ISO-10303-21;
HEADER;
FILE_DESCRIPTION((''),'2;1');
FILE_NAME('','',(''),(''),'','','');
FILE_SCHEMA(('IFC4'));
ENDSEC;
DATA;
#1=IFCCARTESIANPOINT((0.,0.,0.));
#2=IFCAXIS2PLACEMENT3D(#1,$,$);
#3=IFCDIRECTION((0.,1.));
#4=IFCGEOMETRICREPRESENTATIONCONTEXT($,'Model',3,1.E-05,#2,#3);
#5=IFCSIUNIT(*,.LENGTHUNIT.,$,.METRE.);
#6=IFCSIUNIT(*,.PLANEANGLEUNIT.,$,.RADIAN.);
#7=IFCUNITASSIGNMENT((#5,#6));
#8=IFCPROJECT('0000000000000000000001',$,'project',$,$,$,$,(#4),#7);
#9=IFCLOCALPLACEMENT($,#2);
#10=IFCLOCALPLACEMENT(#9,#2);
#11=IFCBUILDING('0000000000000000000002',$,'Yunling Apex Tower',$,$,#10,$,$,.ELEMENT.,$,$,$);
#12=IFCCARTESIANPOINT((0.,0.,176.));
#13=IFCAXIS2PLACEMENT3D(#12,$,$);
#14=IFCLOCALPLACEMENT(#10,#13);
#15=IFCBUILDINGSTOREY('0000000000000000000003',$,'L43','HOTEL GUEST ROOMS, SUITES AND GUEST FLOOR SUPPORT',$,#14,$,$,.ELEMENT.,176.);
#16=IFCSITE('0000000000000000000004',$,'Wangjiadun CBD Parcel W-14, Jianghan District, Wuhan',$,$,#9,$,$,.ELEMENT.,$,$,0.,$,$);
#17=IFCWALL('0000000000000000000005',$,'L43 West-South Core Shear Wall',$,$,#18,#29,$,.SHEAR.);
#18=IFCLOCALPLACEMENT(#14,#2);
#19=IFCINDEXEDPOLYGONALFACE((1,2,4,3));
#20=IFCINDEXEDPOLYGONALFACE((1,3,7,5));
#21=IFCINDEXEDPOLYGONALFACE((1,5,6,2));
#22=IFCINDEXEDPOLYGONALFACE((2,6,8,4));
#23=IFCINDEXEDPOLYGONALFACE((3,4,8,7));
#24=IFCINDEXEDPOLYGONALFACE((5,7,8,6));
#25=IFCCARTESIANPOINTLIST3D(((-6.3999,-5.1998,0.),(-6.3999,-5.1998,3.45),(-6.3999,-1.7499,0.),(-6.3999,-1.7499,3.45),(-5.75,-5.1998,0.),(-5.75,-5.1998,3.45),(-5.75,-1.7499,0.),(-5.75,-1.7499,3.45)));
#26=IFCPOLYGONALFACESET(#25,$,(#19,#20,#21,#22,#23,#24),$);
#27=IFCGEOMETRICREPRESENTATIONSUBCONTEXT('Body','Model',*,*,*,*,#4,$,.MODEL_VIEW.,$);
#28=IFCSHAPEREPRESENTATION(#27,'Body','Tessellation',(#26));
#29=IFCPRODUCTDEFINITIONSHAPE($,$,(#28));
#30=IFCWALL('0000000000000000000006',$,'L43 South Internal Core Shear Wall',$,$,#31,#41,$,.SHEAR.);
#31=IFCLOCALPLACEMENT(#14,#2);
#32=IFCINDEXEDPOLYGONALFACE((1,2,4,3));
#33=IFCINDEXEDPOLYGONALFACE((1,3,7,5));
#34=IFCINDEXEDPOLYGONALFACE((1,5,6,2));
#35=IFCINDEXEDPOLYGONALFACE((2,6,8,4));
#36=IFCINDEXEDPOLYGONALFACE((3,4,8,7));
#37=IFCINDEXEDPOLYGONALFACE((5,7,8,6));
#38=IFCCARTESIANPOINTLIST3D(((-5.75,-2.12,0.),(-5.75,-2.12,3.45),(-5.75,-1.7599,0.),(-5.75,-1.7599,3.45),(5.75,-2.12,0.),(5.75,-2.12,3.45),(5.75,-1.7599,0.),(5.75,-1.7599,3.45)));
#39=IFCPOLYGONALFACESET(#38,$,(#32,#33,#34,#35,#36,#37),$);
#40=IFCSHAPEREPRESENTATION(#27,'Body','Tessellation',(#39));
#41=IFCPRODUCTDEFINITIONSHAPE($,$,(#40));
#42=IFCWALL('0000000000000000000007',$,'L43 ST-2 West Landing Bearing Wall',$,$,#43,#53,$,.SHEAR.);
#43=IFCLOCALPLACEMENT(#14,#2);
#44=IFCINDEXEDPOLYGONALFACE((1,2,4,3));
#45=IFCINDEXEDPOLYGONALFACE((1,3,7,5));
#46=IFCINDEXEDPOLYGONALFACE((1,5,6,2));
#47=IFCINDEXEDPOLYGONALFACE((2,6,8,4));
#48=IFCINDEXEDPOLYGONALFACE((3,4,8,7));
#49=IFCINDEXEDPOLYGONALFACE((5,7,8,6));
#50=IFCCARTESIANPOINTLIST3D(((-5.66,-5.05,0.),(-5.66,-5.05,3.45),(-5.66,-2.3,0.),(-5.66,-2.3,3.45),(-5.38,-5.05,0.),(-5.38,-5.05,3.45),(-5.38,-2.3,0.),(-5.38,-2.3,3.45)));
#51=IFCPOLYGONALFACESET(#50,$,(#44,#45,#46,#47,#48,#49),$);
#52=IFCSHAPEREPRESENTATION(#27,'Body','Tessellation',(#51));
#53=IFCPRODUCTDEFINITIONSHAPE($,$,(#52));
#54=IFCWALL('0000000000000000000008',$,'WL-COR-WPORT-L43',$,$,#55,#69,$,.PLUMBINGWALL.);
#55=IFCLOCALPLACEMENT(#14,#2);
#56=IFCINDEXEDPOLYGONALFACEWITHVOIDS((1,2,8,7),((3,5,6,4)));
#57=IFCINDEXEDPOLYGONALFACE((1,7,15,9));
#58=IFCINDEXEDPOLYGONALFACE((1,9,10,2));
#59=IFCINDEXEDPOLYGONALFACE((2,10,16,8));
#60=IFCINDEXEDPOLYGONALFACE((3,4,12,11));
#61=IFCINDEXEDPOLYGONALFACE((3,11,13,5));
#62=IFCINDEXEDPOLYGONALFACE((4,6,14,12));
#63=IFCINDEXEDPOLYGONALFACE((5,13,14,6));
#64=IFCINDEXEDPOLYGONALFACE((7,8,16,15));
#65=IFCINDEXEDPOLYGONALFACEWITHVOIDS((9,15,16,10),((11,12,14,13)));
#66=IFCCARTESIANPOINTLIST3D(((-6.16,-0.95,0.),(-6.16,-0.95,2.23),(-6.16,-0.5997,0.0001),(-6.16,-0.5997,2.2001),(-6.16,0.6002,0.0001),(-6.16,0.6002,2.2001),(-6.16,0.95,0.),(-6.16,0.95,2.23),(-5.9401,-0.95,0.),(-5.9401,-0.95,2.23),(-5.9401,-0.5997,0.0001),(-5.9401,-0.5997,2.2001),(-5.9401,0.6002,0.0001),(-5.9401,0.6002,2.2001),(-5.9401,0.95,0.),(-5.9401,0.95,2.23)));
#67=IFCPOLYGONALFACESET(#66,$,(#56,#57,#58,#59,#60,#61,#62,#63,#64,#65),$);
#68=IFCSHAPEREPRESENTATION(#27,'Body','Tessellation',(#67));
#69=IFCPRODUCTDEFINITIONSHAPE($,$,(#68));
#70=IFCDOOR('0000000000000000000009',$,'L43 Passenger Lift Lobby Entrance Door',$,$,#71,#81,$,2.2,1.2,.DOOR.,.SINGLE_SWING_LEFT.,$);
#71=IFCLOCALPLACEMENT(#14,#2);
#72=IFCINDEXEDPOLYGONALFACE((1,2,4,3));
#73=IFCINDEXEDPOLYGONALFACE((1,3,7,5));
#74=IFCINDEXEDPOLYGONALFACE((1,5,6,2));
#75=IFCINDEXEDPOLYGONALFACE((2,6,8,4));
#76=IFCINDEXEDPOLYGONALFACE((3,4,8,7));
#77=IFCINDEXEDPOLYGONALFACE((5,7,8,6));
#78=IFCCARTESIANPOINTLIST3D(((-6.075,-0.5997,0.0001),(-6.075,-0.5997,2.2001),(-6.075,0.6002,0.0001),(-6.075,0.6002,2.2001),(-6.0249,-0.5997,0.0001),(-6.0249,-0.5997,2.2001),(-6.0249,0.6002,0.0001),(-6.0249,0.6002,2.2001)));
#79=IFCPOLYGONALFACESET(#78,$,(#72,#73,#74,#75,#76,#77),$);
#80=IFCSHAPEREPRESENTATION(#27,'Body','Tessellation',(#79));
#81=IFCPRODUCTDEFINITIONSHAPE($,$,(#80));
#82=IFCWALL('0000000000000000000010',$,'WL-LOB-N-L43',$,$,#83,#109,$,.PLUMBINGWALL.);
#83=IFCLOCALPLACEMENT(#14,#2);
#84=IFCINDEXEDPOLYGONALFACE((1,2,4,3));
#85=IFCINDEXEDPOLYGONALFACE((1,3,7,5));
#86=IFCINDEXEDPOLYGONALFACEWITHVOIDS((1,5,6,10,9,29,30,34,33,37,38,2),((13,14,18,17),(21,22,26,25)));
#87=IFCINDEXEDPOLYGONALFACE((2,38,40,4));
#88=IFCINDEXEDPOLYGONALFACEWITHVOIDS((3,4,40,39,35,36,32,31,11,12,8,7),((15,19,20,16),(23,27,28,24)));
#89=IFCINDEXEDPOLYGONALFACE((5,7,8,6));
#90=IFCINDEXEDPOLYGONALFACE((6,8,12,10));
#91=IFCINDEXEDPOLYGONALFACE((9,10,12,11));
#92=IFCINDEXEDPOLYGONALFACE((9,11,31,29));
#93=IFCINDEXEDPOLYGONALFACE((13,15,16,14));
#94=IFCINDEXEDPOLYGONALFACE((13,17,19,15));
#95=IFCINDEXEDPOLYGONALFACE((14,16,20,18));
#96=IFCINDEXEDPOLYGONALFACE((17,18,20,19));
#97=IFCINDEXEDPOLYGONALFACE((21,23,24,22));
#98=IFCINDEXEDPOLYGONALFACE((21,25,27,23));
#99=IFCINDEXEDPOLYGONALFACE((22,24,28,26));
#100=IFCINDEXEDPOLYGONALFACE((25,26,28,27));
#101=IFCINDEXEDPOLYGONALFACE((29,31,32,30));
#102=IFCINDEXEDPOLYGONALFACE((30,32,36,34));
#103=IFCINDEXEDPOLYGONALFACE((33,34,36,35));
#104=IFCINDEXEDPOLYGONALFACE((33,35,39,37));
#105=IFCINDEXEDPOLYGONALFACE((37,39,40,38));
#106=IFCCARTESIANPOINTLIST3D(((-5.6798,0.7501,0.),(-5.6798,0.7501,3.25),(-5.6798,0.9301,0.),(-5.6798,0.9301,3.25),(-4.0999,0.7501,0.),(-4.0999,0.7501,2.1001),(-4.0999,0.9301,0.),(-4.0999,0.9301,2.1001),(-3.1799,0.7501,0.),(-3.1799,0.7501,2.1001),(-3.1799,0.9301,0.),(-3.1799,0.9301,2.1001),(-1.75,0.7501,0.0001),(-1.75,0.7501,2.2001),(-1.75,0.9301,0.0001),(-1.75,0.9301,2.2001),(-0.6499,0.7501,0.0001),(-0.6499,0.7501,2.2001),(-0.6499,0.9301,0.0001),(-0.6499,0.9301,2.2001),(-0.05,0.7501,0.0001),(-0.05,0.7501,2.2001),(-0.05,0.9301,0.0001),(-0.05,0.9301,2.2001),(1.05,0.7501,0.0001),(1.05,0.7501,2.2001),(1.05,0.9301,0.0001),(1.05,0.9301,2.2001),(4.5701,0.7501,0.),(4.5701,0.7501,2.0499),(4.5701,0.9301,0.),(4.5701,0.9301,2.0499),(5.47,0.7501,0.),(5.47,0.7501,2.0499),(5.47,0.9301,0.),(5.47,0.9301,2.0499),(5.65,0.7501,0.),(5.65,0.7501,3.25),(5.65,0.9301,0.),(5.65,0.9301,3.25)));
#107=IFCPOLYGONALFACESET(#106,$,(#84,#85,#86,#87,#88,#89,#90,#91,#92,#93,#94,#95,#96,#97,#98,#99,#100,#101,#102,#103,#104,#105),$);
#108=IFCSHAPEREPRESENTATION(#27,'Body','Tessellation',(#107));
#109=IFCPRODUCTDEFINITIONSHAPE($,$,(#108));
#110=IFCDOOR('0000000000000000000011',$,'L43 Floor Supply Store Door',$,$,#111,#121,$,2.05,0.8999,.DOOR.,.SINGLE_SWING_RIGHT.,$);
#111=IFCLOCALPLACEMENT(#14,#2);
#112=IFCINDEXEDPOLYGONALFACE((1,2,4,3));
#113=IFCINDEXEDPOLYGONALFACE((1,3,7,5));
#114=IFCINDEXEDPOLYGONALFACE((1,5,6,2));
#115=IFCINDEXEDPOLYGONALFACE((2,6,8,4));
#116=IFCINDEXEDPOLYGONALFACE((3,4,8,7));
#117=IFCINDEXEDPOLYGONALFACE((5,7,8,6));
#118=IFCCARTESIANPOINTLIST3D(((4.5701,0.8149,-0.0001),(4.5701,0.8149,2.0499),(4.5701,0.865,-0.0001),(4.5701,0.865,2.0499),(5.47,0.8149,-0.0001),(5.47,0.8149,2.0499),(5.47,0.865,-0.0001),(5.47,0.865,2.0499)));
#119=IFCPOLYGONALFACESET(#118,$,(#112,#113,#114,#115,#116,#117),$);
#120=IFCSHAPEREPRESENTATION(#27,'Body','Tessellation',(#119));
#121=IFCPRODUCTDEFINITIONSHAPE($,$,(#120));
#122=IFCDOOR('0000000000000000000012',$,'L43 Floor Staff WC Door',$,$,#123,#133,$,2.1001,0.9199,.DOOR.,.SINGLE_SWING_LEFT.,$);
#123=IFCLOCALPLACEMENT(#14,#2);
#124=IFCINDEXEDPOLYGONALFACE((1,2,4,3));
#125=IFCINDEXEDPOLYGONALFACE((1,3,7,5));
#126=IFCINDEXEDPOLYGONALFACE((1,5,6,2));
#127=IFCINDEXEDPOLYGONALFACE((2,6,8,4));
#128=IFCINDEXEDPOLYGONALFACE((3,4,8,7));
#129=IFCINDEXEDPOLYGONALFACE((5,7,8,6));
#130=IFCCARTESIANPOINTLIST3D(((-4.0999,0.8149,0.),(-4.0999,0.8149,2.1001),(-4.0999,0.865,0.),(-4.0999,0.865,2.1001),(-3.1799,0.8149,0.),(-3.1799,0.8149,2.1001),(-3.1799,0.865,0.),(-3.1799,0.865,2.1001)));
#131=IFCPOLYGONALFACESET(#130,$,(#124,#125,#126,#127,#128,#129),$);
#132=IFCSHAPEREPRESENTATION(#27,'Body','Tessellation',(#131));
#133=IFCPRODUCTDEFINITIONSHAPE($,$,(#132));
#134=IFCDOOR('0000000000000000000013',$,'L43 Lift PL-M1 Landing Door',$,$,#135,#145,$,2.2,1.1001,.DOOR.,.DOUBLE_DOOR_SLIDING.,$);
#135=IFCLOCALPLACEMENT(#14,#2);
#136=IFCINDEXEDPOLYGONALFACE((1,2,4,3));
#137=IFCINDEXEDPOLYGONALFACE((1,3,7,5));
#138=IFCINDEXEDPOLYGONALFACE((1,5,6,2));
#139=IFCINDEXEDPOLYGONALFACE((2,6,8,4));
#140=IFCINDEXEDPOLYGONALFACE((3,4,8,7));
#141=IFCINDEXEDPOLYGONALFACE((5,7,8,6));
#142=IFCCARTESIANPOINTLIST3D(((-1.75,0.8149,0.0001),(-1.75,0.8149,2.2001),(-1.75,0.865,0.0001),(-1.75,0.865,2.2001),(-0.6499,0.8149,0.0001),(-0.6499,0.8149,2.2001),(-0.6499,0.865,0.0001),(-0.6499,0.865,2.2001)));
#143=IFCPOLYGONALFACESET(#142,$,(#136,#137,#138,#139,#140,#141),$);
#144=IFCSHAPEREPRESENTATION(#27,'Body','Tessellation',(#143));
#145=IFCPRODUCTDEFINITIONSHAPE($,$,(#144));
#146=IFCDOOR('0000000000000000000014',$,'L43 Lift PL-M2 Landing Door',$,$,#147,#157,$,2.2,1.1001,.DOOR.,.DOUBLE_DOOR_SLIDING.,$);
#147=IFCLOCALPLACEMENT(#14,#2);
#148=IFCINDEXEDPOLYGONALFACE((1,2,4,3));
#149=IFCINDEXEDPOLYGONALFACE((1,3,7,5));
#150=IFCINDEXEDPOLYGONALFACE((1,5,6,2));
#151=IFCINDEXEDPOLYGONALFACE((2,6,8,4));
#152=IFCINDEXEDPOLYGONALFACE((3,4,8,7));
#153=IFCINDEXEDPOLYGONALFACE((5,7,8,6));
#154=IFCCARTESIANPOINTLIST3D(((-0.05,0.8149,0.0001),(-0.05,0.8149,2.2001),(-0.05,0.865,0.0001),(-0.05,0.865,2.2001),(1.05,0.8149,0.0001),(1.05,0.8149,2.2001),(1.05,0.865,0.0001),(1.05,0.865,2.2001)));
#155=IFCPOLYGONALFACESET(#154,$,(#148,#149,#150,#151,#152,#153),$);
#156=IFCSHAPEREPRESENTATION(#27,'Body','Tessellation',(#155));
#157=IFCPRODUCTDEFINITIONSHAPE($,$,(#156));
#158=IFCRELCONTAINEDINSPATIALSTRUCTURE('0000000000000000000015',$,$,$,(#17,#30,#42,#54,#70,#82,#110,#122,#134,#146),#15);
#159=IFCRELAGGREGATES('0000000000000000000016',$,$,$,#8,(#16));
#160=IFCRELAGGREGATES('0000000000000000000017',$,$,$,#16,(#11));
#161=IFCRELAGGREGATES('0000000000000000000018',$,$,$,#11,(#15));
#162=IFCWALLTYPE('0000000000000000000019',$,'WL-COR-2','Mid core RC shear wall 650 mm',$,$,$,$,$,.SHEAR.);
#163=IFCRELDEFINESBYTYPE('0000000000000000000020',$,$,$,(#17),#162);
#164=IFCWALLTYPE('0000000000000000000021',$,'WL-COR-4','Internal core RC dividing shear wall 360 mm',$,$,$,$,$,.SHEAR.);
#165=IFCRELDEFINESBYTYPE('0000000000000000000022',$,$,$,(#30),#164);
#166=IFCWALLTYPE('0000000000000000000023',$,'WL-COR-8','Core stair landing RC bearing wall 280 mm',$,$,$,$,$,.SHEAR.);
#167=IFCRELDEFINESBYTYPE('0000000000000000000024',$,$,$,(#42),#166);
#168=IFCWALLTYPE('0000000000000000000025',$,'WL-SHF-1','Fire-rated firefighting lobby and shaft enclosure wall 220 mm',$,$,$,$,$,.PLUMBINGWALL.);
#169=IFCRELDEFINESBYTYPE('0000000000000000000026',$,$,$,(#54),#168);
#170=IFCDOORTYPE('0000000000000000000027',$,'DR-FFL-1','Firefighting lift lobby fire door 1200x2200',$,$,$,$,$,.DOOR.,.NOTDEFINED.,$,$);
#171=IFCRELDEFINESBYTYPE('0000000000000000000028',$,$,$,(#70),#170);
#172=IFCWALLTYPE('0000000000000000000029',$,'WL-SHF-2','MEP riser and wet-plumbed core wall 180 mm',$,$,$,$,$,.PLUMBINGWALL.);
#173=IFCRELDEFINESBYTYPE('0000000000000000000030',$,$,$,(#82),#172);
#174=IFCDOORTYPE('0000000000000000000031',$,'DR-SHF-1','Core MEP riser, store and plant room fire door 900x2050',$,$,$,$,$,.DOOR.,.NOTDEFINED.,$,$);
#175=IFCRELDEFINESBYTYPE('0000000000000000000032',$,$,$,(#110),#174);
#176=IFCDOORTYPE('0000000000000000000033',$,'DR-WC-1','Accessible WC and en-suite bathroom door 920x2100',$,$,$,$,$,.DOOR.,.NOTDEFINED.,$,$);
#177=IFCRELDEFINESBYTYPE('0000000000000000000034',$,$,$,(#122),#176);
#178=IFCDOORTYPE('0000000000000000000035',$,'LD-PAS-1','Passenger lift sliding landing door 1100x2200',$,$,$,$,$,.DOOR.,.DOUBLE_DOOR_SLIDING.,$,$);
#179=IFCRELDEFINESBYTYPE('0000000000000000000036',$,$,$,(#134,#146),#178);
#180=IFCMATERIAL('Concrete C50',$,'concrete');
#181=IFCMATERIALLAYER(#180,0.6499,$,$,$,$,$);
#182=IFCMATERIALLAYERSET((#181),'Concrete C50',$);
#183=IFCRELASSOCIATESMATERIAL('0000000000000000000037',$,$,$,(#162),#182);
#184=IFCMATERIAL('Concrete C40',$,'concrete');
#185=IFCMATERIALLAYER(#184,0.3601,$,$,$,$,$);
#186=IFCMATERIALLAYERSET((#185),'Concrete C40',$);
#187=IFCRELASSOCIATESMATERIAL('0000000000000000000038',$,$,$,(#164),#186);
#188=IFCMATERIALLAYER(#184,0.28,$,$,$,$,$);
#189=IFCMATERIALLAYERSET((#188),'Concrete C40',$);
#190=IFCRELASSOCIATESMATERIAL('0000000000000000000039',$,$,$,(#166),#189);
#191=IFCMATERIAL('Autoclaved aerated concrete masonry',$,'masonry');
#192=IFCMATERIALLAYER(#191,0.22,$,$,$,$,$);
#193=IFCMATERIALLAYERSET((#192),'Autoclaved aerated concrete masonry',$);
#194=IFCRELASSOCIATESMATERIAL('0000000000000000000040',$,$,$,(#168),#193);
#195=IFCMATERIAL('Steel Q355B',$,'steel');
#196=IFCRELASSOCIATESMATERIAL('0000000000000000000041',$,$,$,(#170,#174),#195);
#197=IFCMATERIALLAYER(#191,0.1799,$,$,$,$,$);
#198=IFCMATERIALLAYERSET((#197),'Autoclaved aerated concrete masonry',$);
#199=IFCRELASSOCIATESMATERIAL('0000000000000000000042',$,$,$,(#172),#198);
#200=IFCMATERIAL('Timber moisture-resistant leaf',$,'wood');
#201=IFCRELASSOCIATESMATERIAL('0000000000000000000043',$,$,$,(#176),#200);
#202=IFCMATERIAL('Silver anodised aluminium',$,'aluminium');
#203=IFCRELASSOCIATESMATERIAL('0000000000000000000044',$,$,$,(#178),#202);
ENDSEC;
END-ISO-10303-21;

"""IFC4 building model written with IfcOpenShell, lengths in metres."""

from ifc_helpers import new_model, si_unit, direction, frame, frame_2d, origin, place, context, subcontext, project, spatial, rectangle, extrude, material, layer, layer_set, type_object, element, fill, save


model = new_model("IFC4")

# Units and contexts
model_context = context("Model", 3, precision=1e-05, world=origin(), true_north=direction((0.0, 1.0)))
body_context = subcontext(model_context, "Body", "Model", "MODEL_VIEW")
ifc_project = project(units=[si_unit("LENGTHUNIT", "METRE"), si_unit("PLANEANGLEUNIT", "RADIAN")], contexts=[model_context])

# Site, building, storey
site_placement = place(None, origin())
site = spatial("IfcSite", under=ifc_project, at=site_placement, Name="Wangjiadun CBD Parcel W-14, Jianghan District, Wuhan", CompositionType="ELEMENT", RefElevation=0.0)
building_placement = place(site_placement, origin())
building = spatial("IfcBuilding", under=site, at=building_placement, Name="Yunling Apex Tower", CompositionType="ELEMENT")
storey_placement = place(building_placement, frame((0.0, 0.0, 176.0)))
storey = spatial("IfcBuildingStorey", under=building, at=storey_placement, Name="L43", Description="HOTEL GUEST ROOMS, SUITES AND GUEST FLOOR SUPPORT", CompositionType="ELEMENT", Elevation=176.0)

# Shared definitions
ifc_material_1 = material(Name="Concrete C50", Category="concrete")

# Shared definitions
ifc_material_2 = material(Name="Steel Q355B", Category="steel")

# Walls
ifc_layer_1 = layer(ifc_material_1, 0.6499)
ifc_layer_set_1 = layer_set([ifc_layer_1], Name="Concrete C50")
wall_type_1 = type_object("IfcWallType", Name="WL-COR-2", Description="Mid core RC shear wall 650 mm", PredefinedType="SHEAR", material=ifc_layer_set_1)
wall_1_placement = place(storey_placement, frame((-6.075, -5.2, 0.0), z_axis=(0.0, 0.0, 1.0), x_axis=(0.0, 1.0, 0.0)))
element("IfcWall", 1, at=wall_1_placement, inside=storey, type_object=wall_type_1, Name="L43 West-South Core Shear Wall", PredefinedType="SHEAR", context=body_context, shape_type="SweptSolid", body=[
    extrude(rectangle(XDim=3.45, YDim=0.6499, at=frame_2d((1.7251, 0.0))), origin(), (0.0, 0.0, 1.0), 3.45),
])
ifc_material_3 = material(Name="Concrete C40", Category="concrete")
ifc_layer_2 = layer(ifc_material_3, 0.3601)
ifc_layer_set_2 = layer_set([ifc_layer_2], Name="Concrete C40")
wall_type_2 = type_object("IfcWallType", Name="WL-COR-4", Description="Internal core RC dividing shear wall 360 mm", PredefinedType="SHEAR", material=ifc_layer_set_2)
wall_2_placement = place(storey_placement, frame((-5.75, -1.9399, 0.0), z_axis=(0.0, 0.0, 1.0), x_axis=(1.0, 0.0, 0.0)))
element("IfcWall", 2, at=wall_2_placement, inside=storey, type_object=wall_type_2, Name="L43 South Internal Core Shear Wall", PredefinedType="SHEAR", context=body_context, shape_type="SweptSolid", body=[
    extrude(rectangle(XDim=11.5, YDim=0.3601, at=frame_2d((5.75, 0.0))), origin(), (0.0, 0.0, 1.0), 3.45),
])
ifc_layer_3 = layer(ifc_material_3, 0.28)
ifc_layer_set_3 = layer_set([ifc_layer_3], Name="Concrete C40")
wall_type_3 = type_object("IfcWallType", Name="WL-COR-8", Description="Core stair landing RC bearing wall 280 mm", PredefinedType="SHEAR", material=ifc_layer_set_3)
wall_3_placement = place(storey_placement, frame((-5.52, -5.05, 0.0), z_axis=(0.0, 0.0, 1.0), x_axis=(0.0, 1.0, 0.0)))
element("IfcWall", 3, at=wall_3_placement, inside=storey, type_object=wall_type_3, Name="L43 ST-2 West Landing Bearing Wall", PredefinedType="SHEAR", context=body_context, shape_type="SweptSolid", body=[
    extrude(rectangle(XDim=2.75, YDim=0.28, at=frame_2d((1.375, 0.0))), origin(), (0.0, 0.0, 1.0), 3.45),
])

# Wall, opening, door
ifc_material_4 = material(Name="Autoclaved aerated concrete masonry", Category="masonry")
ifc_layer_4 = layer(ifc_material_4, 0.22)
ifc_layer_set_4 = layer_set([ifc_layer_4], Name="Autoclaved aerated concrete masonry")
wall_type_4 = type_object("IfcWallType", Name="WL-SHF-1", Description="Fire-rated firefighting lobby and shaft enclosure wall 220 mm", PredefinedType="PLUMBINGWALL", material=ifc_layer_set_4)
wall_4_placement = place(storey_placement, frame((-6.05, -0.95, 0.0), z_axis=(0.0, 0.0, 1.0), x_axis=(0.0, 1.0, 0.0)))
wall_4 = element("IfcWall", 4, at=wall_4_placement, inside=storey, type_object=wall_type_4, Name="WL-COR-WPORT-L43", PredefinedType="PLUMBINGWALL", context=body_context, shape_type="SweptSolid", body=[
    extrude(rectangle(XDim=1.8999, YDim=0.22, at=frame_2d((0.95, 0.0))), origin(), (0.0, 0.0, 1.0), 2.23),
])
opening_1_placement = place(wall_4_placement, frame((0.3501, 0.0, 0.0)))
opening_1 = element("IfcOpeningElement", 5, at=opening_1_placement, cuts=wall_4, PredefinedType="OPENING", context=body_context, shape_type="SweptSolid", body=[
    extrude(rectangle(XDim=1.2, YDim=2.2, at=frame_2d((0.6001, 1.1001))), frame((0.0, 0.1201, 0.0), z_axis=(0.0, -1.0, 0.0), x_axis=(1.0, 0.0, 0.0)), (0.0, 0.0, 1.0), 0.24),
])
door_type_1 = type_object("IfcDoorType", Name="DR-FFL-1", Description="Firefighting lift lobby fire door 1200x2200", OperationType="NOTDEFINED", PredefinedType="DOOR", material=ifc_material_2)
door_1_placement = place(opening_1_placement, origin())
door_1 = element("IfcDoor", 6, at=door_1_placement, inside=storey, type_object=door_type_1, Name="L43 Passenger Lift Lobby Entrance Door", OperationType="SINGLE_SWING_LEFT", OverallHeight=2.2, OverallWidth=1.2, PredefinedType="DOOR", context=body_context, shape_type="SweptSolid", body=[
    extrude(rectangle(XDim=1.2, YDim=2.2, at=frame_2d((0.6001, 1.1001))), frame((0.0, 0.0249, 0.0), z_axis=(0.0, -1.0, 0.0), x_axis=(1.0, 0.0, 0.0)), (0.0, 0.0, 1.0), 0.05),
])
fill(opening_1, door_1)

# Wall, openings, doors
ifc_layer_5 = layer(ifc_material_4, 0.1799)
ifc_layer_set_5 = layer_set([ifc_layer_5], Name="Autoclaved aerated concrete masonry")
wall_type_5 = type_object("IfcWallType", Name="WL-SHF-2", Description="MEP riser and wet-plumbed core wall 180 mm", PredefinedType="PLUMBINGWALL", material=ifc_layer_set_5)
wall_5_placement = place(storey_placement, frame((-5.6799, 0.8401, 0.0), z_axis=(0.0, 0.0, 1.0), x_axis=(1.0, 0.0, 0.0)))
wall_5 = element("IfcWall", 7, at=wall_5_placement, inside=storey, type_object=wall_type_5, Name="WL-LOB-N-L43", PredefinedType="PLUMBINGWALL", context=body_context, shape_type="SweptSolid", body=[
    extrude(rectangle(XDim=11.3298, YDim=0.1799, at=frame_2d((5.665, 0.0))), origin(), (0.0, 0.0, 1.0), 3.25),
])
opening_2_placement = place(wall_5_placement, frame((1.5801, 0.0, 0.0)))
opening_2 = element("IfcOpeningElement", 8, at=opening_2_placement, cuts=wall_5, PredefinedType="OPENING", context=body_context, shape_type="SweptSolid", body=[
    extrude(rectangle(XDim=0.9199, YDim=2.1001, at=frame_2d((0.46, 1.05))), frame((0.0, 0.1001, 0.0), z_axis=(0.0, -1.0, 0.0), x_axis=(1.0, 0.0, 0.0)), (0.0, 0.0, 1.0), 0.2),
])
opening_3_placement = place(wall_5_placement, frame((3.9299, 0.0, 0.0)))
opening_3 = element("IfcOpeningElement", 9, at=opening_3_placement, cuts=wall_5, PredefinedType="OPENING", context=body_context, shape_type="SweptSolid", body=[
    extrude(rectangle(XDim=1.1001, YDim=2.2, at=frame_2d((0.55, 1.1001))), frame((0.0, 0.1001, 0.0), z_axis=(0.0, -1.0, 0.0), x_axis=(1.0, 0.0, 0.0)), (0.0, 0.0, 1.0), 0.2),
])
opening_4_placement = place(wall_5_placement, frame((5.6299, 0.0, 0.0)))
opening_4 = element("IfcOpeningElement", 10, at=opening_4_placement, cuts=wall_5, PredefinedType="OPENING", context=body_context, shape_type="SweptSolid", body=[
    extrude(rectangle(XDim=1.1001, YDim=2.2, at=frame_2d((0.55, 1.1001))), frame((0.0, 0.1001, 0.0), z_axis=(0.0, -1.0, 0.0), x_axis=(1.0, 0.0, 0.0)), (0.0, 0.0, 1.0), 0.2),
])
opening_5_placement = place(wall_5_placement, frame((10.25, 0.0, 0.0)))
opening_5 = element("IfcOpeningElement", 11, at=opening_5_placement, cuts=wall_5, PredefinedType="OPENING", context=body_context, shape_type="SweptSolid", body=[
    extrude(rectangle(XDim=0.8999, YDim=2.05, at=frame_2d((0.45, 1.0249))), frame((0.0, 0.1001, 0.0), z_axis=(0.0, -1.0, 0.0), x_axis=(1.0, 0.0, 0.0)), (0.0, 0.0, 1.0), 0.2),
])
door_type_2 = type_object("IfcDoorType", Name="DR-SHF-1", Description="Core MEP riser, store and plant room fire door 900x2050", OperationType="NOTDEFINED", PredefinedType="DOOR", material=ifc_material_2)
door_2_placement = place(opening_5_placement, origin())
door_2 = element("IfcDoor", 12, at=door_2_placement, inside=storey, type_object=door_type_2, Name="L43 Floor Supply Store Door", OperationType="SINGLE_SWING_RIGHT", OverallHeight=2.05, OverallWidth=0.8999, PredefinedType="DOOR", context=body_context, shape_type="SweptSolid", body=[
    extrude(rectangle(XDim=0.8999, YDim=2.05, at=frame_2d((0.45, 1.0249))), frame((0.0, 0.0249, 0.0), z_axis=(0.0, -1.0, 0.0), x_axis=(1.0, 0.0, 0.0)), (0.0, 0.0, 1.0), 0.05),
])
fill(opening_5, door_2)
ifc_material_5 = material(Name="Timber moisture-resistant leaf", Category="wood")
door_type_3 = type_object("IfcDoorType", Name="DR-WC-1", Description="Accessible WC and en-suite bathroom door 920x2100", OperationType="NOTDEFINED", PredefinedType="DOOR", material=ifc_material_5)
door_3_placement = place(opening_2_placement, origin())
door_3 = element("IfcDoor", 13, at=door_3_placement, inside=storey, type_object=door_type_3, Name="L43 Floor Staff WC Door", OperationType="SINGLE_SWING_LEFT", OverallHeight=2.1001, OverallWidth=0.9199, PredefinedType="DOOR", context=body_context, shape_type="SweptSolid", body=[
    extrude(rectangle(XDim=0.9199, YDim=2.1001, at=frame_2d((0.46, 1.05))), frame((0.0, 0.0249, 0.0), z_axis=(0.0, -1.0, 0.0), x_axis=(1.0, 0.0, 0.0)), (0.0, 0.0, 1.0), 0.05),
])
fill(opening_2, door_3)
ifc_material_6 = material(Name="Silver anodised aluminium", Category="aluminium")
door_type_4 = type_object("IfcDoorType", Name="LD-PAS-1", Description="Passenger lift sliding landing door 1100x2200", OperationType="DOUBLE_DOOR_SLIDING", PredefinedType="DOOR", material=ifc_material_6)
door_4_placement = place(opening_3_placement, origin())
door_4 = element("IfcDoor", 14, at=door_4_placement, inside=storey, type_object=door_type_4, Name="L43 Lift PL-M1 Landing Door", OperationType="DOUBLE_DOOR_SLIDING", OverallHeight=2.2, OverallWidth=1.1001, PredefinedType="DOOR", context=body_context, shape_type="SweptSolid", body=[
    extrude(rectangle(XDim=1.1001, YDim=2.2, at=frame_2d((0.55, 1.1001))), frame((0.0, 0.0249, 0.0), z_axis=(0.0, -1.0, 0.0), x_axis=(1.0, 0.0, 0.0)), (0.0, 0.0, 1.0), 0.05),
])
fill(opening_3, door_4)
door_5_placement = place(opening_4_placement, origin())
door_5 = element("IfcDoor", 15, at=door_5_placement, inside=storey, type_object=door_type_4, Name="L43 Lift PL-M2 Landing Door", OperationType="DOUBLE_DOOR_SLIDING", OverallHeight=2.2, OverallWidth=1.1001, PredefinedType="DOOR", context=body_context, shape_type="SweptSolid", body=[
    extrude(rectangle(XDim=1.1001, YDim=2.2, at=frame_2d((0.55, 1.1001))), frame((0.0, 0.0249, 0.0), z_axis=(0.0, -1.0, 0.0), x_axis=(1.0, 0.0, 0.0)), (0.0, 0.0, 1.0), 0.05),
])
fill(opening_4, door_5)

save(model, "model.ifc")
